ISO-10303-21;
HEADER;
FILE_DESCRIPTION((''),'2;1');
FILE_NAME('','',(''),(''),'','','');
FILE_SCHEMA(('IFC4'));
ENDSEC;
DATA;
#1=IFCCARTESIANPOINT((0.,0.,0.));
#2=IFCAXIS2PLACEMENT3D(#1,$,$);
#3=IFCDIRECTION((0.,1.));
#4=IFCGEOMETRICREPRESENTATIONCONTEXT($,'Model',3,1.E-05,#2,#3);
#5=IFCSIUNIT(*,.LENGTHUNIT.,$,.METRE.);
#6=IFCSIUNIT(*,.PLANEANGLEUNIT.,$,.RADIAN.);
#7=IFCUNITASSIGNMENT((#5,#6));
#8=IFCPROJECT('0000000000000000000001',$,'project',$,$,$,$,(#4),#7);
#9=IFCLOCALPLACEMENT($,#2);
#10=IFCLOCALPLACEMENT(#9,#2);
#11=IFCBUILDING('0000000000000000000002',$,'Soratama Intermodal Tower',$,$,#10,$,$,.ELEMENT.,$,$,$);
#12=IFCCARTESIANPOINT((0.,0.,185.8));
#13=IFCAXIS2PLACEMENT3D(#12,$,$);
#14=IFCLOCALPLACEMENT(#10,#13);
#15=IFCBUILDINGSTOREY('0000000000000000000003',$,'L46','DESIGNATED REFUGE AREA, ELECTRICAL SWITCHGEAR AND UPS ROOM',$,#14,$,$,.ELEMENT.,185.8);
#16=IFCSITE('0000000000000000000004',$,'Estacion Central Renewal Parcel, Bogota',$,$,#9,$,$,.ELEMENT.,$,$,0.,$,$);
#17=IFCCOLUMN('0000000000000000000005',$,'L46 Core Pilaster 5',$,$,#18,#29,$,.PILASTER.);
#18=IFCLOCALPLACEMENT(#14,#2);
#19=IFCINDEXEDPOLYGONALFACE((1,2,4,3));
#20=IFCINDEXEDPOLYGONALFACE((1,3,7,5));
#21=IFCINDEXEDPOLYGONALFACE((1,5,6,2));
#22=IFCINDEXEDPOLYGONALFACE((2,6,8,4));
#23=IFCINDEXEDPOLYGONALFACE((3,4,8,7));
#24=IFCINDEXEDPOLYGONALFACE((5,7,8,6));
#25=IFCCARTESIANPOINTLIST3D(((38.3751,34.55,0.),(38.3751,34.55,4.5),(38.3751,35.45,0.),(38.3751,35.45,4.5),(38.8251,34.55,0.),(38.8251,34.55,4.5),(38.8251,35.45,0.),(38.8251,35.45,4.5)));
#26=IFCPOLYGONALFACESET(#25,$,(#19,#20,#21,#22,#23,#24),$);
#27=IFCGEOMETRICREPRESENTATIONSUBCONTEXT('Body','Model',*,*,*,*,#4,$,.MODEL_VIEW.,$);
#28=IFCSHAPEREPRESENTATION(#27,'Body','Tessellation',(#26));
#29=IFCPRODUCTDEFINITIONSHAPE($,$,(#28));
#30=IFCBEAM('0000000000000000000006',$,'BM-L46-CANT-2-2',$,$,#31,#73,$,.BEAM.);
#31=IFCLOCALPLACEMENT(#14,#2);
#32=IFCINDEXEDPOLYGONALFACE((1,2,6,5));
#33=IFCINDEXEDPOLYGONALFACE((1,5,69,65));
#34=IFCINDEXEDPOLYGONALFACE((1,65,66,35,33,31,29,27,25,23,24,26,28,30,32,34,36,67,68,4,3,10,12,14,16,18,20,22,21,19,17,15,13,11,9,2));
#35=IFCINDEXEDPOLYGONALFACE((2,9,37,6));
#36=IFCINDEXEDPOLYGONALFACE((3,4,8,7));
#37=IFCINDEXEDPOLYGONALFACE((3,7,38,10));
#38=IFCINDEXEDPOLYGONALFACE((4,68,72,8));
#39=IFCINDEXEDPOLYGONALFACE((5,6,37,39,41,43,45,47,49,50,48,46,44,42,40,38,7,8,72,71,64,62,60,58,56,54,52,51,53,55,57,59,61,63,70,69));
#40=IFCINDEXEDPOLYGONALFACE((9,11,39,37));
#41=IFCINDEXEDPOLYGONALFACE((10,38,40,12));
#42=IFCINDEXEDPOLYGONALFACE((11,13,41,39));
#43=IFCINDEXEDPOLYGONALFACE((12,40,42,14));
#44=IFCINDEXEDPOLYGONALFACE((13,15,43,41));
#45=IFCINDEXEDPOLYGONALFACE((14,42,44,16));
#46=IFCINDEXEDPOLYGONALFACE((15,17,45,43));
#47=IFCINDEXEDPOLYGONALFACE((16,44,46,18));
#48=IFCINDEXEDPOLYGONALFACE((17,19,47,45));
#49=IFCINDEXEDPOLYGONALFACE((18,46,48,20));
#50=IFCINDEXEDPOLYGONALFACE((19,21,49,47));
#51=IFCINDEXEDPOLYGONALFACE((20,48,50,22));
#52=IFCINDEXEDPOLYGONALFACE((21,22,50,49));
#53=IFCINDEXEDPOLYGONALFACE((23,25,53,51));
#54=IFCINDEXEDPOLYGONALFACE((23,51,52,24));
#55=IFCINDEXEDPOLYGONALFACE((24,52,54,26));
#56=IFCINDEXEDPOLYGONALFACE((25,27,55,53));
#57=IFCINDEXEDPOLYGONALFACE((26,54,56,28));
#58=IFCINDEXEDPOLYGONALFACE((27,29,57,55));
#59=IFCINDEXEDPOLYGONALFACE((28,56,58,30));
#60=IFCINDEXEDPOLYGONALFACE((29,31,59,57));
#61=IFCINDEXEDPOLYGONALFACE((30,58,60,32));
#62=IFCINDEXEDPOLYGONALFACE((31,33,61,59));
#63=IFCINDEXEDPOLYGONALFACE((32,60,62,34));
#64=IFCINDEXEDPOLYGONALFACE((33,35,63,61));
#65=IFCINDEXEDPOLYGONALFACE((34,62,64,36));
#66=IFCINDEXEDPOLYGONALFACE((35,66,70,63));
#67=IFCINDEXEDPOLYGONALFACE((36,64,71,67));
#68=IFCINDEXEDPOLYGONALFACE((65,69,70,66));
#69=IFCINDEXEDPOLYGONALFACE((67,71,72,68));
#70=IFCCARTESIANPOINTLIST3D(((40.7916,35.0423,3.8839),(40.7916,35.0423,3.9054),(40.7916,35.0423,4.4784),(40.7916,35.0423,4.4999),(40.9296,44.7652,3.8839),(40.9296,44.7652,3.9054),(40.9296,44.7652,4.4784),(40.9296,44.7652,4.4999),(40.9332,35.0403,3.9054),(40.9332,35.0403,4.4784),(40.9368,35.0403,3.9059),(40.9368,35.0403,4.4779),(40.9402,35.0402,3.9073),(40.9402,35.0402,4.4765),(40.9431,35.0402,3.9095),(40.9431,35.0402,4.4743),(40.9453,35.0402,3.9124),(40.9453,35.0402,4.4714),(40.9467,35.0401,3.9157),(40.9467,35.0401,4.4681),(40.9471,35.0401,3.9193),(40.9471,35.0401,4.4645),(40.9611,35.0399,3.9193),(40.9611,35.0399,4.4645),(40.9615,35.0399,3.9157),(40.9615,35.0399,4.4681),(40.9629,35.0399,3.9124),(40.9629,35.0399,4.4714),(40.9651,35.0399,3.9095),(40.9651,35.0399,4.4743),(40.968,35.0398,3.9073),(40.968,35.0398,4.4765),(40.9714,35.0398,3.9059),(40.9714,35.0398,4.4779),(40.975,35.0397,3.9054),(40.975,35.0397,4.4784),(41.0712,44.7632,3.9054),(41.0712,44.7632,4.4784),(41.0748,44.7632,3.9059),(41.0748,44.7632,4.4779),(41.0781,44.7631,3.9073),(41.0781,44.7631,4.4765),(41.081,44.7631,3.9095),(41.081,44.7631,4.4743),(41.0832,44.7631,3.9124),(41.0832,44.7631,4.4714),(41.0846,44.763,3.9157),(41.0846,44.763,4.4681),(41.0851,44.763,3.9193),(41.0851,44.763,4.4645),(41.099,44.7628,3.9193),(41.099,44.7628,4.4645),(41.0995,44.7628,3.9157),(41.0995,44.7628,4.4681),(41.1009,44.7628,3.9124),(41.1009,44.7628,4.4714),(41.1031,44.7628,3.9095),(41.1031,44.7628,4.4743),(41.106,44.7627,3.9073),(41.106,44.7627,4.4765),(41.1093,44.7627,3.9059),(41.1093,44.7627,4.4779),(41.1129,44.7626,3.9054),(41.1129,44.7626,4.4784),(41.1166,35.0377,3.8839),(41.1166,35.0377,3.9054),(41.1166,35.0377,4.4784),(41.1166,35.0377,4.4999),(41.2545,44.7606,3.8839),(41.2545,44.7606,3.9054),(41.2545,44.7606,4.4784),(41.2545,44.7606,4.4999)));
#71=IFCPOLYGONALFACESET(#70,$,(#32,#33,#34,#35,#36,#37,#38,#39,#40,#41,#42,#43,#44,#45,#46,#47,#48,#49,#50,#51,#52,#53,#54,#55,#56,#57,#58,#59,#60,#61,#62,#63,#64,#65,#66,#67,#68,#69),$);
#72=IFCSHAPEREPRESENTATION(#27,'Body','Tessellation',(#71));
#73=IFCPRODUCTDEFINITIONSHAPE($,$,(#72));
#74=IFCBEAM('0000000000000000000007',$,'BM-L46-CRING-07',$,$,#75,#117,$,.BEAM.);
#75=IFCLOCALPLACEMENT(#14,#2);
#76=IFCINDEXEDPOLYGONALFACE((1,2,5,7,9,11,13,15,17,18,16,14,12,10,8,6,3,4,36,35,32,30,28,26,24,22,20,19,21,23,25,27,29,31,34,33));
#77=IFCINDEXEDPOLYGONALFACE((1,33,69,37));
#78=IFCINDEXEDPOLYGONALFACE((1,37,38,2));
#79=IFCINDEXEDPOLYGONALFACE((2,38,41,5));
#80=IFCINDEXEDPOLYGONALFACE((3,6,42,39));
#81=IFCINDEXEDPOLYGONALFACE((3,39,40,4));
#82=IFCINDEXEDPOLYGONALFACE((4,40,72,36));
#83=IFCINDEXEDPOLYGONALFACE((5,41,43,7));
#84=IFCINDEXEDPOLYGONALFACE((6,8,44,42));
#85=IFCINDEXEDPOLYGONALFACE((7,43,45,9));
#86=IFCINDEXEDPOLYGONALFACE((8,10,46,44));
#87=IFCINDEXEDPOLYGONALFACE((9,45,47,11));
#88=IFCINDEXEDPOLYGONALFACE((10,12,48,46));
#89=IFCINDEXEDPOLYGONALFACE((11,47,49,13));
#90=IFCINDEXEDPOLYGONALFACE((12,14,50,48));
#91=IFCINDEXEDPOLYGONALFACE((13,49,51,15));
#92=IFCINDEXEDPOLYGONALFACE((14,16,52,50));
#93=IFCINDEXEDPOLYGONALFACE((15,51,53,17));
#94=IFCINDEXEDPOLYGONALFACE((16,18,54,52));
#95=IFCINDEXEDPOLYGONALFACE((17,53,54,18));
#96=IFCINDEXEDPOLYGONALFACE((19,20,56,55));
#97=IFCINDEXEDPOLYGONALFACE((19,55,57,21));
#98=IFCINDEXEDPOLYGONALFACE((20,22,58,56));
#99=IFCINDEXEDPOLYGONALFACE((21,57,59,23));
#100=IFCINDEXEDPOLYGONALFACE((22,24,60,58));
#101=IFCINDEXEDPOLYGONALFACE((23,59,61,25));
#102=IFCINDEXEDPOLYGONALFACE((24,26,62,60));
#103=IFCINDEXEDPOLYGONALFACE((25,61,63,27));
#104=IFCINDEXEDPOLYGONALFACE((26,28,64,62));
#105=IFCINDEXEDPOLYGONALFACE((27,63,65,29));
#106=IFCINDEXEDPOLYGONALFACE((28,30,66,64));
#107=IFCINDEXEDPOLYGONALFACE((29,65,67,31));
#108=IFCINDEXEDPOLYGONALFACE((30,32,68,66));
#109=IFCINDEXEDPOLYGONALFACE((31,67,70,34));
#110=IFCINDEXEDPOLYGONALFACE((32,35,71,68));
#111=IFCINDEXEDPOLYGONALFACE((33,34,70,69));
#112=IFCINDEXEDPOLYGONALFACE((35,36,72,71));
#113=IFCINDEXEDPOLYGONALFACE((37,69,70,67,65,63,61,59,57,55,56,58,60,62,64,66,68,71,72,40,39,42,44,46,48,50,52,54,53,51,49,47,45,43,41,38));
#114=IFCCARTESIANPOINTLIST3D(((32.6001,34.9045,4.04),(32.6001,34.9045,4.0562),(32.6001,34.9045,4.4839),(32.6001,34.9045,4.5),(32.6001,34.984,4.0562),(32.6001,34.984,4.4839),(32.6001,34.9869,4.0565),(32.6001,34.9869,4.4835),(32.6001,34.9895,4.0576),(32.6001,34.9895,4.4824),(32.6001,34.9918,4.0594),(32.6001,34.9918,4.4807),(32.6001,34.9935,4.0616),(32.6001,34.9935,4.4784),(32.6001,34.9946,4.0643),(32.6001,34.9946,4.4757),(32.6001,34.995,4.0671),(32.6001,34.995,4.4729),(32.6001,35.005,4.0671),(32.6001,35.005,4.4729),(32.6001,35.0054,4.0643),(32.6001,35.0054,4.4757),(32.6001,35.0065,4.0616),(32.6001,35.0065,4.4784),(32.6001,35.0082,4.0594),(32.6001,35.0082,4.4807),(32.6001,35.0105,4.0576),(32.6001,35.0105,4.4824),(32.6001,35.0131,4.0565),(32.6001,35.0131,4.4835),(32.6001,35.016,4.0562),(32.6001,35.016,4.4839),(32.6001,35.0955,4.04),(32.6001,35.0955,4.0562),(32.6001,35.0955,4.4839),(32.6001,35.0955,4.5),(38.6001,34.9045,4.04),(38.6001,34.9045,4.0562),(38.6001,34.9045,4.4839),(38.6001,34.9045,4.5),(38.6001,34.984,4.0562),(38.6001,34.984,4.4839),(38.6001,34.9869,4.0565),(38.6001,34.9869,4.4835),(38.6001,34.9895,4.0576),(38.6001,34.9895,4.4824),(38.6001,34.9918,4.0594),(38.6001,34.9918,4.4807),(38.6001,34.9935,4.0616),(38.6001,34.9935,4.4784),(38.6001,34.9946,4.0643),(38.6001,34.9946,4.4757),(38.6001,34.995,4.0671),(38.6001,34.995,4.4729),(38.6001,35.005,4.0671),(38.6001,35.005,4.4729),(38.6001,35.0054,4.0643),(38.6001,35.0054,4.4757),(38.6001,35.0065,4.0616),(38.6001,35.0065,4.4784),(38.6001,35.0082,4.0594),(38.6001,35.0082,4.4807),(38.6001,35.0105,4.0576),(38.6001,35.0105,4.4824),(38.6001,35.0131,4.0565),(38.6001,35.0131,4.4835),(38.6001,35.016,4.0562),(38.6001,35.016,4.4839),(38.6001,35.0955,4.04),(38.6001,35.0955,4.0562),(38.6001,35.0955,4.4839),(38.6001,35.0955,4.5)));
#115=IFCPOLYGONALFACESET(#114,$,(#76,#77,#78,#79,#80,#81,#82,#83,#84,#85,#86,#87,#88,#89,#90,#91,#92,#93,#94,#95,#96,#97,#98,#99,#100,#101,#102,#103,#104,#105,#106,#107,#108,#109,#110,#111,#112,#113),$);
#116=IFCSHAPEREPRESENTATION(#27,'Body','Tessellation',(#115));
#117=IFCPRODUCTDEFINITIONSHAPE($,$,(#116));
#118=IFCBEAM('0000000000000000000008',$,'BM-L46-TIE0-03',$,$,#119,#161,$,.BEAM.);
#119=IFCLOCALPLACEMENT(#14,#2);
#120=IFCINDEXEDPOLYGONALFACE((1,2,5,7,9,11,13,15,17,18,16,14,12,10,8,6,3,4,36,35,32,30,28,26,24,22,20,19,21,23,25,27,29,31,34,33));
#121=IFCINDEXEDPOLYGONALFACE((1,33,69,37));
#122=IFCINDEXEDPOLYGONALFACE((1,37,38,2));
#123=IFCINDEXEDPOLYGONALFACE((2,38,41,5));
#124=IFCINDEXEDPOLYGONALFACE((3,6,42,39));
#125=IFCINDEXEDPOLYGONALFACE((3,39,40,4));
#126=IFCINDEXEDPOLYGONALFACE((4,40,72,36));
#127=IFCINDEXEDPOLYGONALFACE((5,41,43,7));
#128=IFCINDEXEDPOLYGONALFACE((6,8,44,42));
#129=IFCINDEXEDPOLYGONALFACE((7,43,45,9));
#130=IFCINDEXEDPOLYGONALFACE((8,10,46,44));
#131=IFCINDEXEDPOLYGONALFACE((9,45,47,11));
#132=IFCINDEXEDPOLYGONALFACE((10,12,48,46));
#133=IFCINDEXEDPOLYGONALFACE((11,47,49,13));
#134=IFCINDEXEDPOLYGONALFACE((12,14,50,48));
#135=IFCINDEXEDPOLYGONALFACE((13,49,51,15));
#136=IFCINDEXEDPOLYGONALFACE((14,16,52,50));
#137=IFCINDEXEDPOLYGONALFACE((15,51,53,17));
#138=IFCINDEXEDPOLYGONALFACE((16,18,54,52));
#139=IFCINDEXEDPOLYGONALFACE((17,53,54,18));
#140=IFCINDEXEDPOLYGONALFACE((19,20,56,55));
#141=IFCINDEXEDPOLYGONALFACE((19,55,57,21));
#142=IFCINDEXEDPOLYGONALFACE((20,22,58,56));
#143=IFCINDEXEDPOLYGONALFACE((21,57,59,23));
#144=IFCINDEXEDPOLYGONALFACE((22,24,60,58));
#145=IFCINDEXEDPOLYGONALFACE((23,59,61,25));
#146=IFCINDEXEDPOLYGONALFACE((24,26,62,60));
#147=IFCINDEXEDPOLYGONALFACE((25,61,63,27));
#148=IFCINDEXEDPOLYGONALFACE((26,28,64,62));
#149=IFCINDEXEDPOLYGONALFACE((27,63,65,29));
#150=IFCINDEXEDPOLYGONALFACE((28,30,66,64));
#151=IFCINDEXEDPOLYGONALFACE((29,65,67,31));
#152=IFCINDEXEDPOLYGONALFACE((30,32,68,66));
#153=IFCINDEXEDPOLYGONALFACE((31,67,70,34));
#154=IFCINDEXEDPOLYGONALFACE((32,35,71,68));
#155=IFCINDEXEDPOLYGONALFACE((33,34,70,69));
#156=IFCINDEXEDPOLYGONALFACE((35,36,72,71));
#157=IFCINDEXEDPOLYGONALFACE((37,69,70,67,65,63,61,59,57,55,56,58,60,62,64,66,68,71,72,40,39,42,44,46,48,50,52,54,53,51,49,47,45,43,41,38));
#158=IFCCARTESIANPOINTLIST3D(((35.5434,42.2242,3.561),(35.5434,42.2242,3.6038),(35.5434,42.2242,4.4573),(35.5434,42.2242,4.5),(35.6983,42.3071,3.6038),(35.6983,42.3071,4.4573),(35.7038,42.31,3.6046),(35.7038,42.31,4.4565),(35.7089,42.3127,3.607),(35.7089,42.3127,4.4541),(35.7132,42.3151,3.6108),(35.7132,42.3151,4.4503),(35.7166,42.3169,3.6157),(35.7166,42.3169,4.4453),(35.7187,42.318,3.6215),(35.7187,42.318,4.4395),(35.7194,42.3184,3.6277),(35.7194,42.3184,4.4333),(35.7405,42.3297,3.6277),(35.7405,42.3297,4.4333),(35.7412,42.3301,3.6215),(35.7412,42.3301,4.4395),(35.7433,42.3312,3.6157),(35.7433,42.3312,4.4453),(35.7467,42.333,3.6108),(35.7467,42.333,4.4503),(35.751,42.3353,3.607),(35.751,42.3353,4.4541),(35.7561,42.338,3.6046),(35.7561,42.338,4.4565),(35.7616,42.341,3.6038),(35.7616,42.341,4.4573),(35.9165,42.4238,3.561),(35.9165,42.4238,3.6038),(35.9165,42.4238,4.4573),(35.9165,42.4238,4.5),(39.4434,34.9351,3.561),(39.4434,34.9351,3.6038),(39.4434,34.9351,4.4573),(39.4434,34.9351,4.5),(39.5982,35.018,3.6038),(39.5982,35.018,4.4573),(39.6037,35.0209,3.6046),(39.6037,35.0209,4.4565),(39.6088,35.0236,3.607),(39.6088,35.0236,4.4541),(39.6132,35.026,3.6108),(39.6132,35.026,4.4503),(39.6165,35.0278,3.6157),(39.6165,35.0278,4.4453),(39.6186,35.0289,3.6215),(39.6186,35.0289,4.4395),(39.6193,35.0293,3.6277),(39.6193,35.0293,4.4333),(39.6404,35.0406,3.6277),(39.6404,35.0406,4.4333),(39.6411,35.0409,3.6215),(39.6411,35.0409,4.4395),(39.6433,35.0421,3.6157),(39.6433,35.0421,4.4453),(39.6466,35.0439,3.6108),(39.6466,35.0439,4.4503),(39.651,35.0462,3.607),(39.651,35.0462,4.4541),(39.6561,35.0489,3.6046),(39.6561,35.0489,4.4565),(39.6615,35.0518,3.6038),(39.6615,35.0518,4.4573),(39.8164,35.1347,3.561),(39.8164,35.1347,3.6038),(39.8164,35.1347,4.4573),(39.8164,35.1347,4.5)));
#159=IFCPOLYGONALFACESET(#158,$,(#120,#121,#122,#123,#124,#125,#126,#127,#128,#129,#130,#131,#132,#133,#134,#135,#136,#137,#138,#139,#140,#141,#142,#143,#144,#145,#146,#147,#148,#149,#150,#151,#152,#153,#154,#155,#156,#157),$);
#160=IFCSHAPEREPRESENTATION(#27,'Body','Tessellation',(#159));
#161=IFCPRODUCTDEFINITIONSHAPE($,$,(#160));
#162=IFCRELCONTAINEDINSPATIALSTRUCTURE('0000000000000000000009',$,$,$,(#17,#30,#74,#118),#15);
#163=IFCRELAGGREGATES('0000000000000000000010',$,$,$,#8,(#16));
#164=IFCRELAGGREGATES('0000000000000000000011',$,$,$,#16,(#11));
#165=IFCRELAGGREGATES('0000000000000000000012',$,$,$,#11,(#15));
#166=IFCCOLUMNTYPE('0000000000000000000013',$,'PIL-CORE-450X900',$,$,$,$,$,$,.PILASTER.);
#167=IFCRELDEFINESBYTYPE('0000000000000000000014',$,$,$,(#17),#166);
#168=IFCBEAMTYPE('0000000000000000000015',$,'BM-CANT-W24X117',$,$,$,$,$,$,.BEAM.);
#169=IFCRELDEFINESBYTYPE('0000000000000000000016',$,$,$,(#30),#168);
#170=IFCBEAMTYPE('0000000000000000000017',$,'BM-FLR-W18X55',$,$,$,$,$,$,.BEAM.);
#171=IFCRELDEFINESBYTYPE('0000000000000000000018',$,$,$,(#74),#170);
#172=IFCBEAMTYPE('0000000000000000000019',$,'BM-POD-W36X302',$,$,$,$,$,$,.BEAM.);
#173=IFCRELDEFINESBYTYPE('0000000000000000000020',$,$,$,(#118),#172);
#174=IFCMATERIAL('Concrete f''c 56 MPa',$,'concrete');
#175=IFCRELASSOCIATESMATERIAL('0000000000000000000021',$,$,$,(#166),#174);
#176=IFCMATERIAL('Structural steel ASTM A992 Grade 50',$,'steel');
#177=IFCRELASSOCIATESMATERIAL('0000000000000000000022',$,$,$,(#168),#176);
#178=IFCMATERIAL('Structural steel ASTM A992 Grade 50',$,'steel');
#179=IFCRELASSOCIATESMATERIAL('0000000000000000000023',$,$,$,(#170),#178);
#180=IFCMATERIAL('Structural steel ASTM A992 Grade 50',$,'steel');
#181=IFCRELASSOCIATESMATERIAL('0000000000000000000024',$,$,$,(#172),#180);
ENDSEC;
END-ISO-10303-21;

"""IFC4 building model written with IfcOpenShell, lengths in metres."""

from ifc_helpers import new_model, si_unit, direction, frame, origin, origin_2d, place, context, subcontext, project, spatial, rectangle, i_section, extrude, material, material_profile, profile_set, type_object, element, save


model = new_model("IFC4")

# Units and contexts
model_context = context("Model", 3, precision=1e-05, world=origin(), true_north=direction((0.0, 1.0)))
body_context = subcontext(model_context, "Body", "Model", "MODEL_VIEW")
ifc_project = project(units=[si_unit("LENGTHUNIT", "METRE"), si_unit("PLANEANGLEUNIT", "RADIAN")], contexts=[model_context])

# Site, building, storey
site_placement = place(None, origin())
site = spatial("IfcSite", under=ifc_project, at=site_placement, Name="Estacion Central Renewal Parcel, Bogota", CompositionType="ELEMENT", RefElevation=0.0)
building_placement = place(site_placement, origin())
building = spatial("IfcBuilding", under=site, at=building_placement, Name="Soratama Intermodal Tower", CompositionType="ELEMENT")
storey_placement = place(building_placement, frame((0.0, 0.0, 185.8)))
storey = spatial("IfcBuildingStorey", under=building, at=storey_placement, Name="L46", Description="DESIGNATED REFUGE AREA, ELECTRICAL SWITCHGEAR AND UPS ROOM", CompositionType="ELEMENT", Elevation=185.8)

# Column
ifc_material_1 = material(Name="Concrete f'c 56 MPa", Category="concrete")
ifc_material_profile_1 = material_profile(ifc_material_1, rectangle(XDim=0.45, YDim=0.8999, at=origin_2d()), Name="RC450X900")
ifc_profile_set_1 = profile_set([ifc_material_profile_1], Name="Concrete f'c 56 MPa")
column_type = type_object("IfcColumnType", Name="PIL-CORE-450X900", PredefinedType="PILASTER", material=ifc_profile_set_1)
column_placement = place(storey_placement, frame((38.6001, 35.0, 0.0), z_axis=(0.0, 0.0, 1.0), x_axis=(1.0, 0.0, 0.0)))
element("IfcColumn", 1, at=column_placement, inside=storey, type_object=column_type, Name="L46 Core Pilaster 5", PredefinedType="PILASTER", context=body_context, shape_type="SweptSolid", body=[
    extrude(rectangle(XDim=0.45, YDim=0.8999, at=origin_2d()), origin(), (0.0, 0.0, 1.0), 4.5),
])

# Beams
ifc_material_2 = material(Name="Structural steel ASTM A992 Grade 50", Category="steel")
ifc_material_profile_2 = material_profile(ifc_material_2, i_section(OverallWidth=0.325, OverallDepth=0.616, WebThickness=0.0139, FlangeThickness=0.0215, FilletRadius=0.0139, at=origin_2d()), Name="W24X117")
ifc_profile_set_2 = profile_set([ifc_material_profile_2], Name="Structural steel ASTM A992 Grade 50")
beam_type_1 = type_object("IfcBeamType", Name="BM-CANT-W24X117", PredefinedType="BEAM", material=ifc_profile_set_2)
beam_1_placement = place(storey_placement, frame((40.9541, 35.04, 4.1919), z_axis=(0.014186, 0.999899, 0.0), x_axis=(-0.999899, 0.014186, 0.0)))
element("IfcBeam", 2, at=beam_1_placement, inside=storey, type_object=beam_type_1, Name="BM-L46-CANT-2-2", PredefinedType="BEAM", context=body_context, shape_type="SweptSolid", body=[
    extrude(i_section(OverallWidth=0.325, OverallDepth=0.616, WebThickness=0.0139, FlangeThickness=0.0215, FilletRadius=0.0139, at=origin_2d()), origin(), (0.0, 0.0, 1.0), 9.7239),
])
ifc_material_3 = material(Name="Structural steel ASTM A992 Grade 50", Category="steel")
ifc_material_profile_3 = material_profile(ifc_material_3, i_section(OverallWidth=0.1909, OverallDepth=0.46, WebThickness=0.01, FlangeThickness=0.0161, FilletRadius=0.011, at=origin_2d()), Name="W18X55")
ifc_profile_set_3 = profile_set([ifc_material_profile_3], Name="Structural steel ASTM A992 Grade 50")
beam_type_2 = type_object("IfcBeamType", Name="BM-FLR-W18X55", PredefinedType="BEAM", material=ifc_profile_set_3)
beam_2_placement = place(storey_placement, frame((38.6001, 35.0, 4.27), z_axis=(-1.0, 0.0, 0.0), x_axis=(0.0, -1.0, 0.0)))
element("IfcBeam", 3, at=beam_2_placement, inside=storey, type_object=beam_type_2, Name="BM-L46-CRING-07", PredefinedType="BEAM", context=body_context, shape_type="SweptSolid", body=[
    extrude(i_section(OverallWidth=0.1909, OverallDepth=0.46, WebThickness=0.01, FlangeThickness=0.0161, FilletRadius=0.011, at=origin_2d()), origin(), (0.0, 0.0, 1.0), 6.0),
])
ifc_material_4 = material(Name="Structural steel ASTM A992 Grade 50", Category="steel")
ifc_material_profile_4 = material_profile(ifc_material_4, i_section(OverallWidth=0.4231, OverallDepth=0.939, WebThickness=0.0239, FlangeThickness=0.0427, FilletRadius=0.0239, at=origin_2d()), Name="W36X302")
ifc_profile_set_4 = profile_set([ifc_material_profile_4], Name="Structural steel ASTM A992 Grade 50")
beam_type_3 = type_object("IfcBeamType", Name="BM-POD-W36X302", PredefinedType="BEAM", material=ifc_profile_set_4)
beam_3_placement = place(storey_placement, frame((39.6299, 35.0349, 4.0305), z_axis=(-0.471756, 0.881729, 0.0), x_axis=(-0.881729, -0.471756, 0.0)))
element("IfcBeam", 4, at=beam_3_placement, inside=storey, type_object=beam_type_3, Name="BM-L46-TIE0-03", PredefinedType="BEAM", context=body_context, shape_type="SweptSolid", body=[
    extrude(i_section(OverallWidth=0.4231, OverallDepth=0.939, WebThickness=0.0239, FlangeThickness=0.0427, FilletRadius=0.0239, at=origin_2d()), origin(), (0.0, 0.0, 1.0), 8.2668),
])

save(model, "model.ifc")
